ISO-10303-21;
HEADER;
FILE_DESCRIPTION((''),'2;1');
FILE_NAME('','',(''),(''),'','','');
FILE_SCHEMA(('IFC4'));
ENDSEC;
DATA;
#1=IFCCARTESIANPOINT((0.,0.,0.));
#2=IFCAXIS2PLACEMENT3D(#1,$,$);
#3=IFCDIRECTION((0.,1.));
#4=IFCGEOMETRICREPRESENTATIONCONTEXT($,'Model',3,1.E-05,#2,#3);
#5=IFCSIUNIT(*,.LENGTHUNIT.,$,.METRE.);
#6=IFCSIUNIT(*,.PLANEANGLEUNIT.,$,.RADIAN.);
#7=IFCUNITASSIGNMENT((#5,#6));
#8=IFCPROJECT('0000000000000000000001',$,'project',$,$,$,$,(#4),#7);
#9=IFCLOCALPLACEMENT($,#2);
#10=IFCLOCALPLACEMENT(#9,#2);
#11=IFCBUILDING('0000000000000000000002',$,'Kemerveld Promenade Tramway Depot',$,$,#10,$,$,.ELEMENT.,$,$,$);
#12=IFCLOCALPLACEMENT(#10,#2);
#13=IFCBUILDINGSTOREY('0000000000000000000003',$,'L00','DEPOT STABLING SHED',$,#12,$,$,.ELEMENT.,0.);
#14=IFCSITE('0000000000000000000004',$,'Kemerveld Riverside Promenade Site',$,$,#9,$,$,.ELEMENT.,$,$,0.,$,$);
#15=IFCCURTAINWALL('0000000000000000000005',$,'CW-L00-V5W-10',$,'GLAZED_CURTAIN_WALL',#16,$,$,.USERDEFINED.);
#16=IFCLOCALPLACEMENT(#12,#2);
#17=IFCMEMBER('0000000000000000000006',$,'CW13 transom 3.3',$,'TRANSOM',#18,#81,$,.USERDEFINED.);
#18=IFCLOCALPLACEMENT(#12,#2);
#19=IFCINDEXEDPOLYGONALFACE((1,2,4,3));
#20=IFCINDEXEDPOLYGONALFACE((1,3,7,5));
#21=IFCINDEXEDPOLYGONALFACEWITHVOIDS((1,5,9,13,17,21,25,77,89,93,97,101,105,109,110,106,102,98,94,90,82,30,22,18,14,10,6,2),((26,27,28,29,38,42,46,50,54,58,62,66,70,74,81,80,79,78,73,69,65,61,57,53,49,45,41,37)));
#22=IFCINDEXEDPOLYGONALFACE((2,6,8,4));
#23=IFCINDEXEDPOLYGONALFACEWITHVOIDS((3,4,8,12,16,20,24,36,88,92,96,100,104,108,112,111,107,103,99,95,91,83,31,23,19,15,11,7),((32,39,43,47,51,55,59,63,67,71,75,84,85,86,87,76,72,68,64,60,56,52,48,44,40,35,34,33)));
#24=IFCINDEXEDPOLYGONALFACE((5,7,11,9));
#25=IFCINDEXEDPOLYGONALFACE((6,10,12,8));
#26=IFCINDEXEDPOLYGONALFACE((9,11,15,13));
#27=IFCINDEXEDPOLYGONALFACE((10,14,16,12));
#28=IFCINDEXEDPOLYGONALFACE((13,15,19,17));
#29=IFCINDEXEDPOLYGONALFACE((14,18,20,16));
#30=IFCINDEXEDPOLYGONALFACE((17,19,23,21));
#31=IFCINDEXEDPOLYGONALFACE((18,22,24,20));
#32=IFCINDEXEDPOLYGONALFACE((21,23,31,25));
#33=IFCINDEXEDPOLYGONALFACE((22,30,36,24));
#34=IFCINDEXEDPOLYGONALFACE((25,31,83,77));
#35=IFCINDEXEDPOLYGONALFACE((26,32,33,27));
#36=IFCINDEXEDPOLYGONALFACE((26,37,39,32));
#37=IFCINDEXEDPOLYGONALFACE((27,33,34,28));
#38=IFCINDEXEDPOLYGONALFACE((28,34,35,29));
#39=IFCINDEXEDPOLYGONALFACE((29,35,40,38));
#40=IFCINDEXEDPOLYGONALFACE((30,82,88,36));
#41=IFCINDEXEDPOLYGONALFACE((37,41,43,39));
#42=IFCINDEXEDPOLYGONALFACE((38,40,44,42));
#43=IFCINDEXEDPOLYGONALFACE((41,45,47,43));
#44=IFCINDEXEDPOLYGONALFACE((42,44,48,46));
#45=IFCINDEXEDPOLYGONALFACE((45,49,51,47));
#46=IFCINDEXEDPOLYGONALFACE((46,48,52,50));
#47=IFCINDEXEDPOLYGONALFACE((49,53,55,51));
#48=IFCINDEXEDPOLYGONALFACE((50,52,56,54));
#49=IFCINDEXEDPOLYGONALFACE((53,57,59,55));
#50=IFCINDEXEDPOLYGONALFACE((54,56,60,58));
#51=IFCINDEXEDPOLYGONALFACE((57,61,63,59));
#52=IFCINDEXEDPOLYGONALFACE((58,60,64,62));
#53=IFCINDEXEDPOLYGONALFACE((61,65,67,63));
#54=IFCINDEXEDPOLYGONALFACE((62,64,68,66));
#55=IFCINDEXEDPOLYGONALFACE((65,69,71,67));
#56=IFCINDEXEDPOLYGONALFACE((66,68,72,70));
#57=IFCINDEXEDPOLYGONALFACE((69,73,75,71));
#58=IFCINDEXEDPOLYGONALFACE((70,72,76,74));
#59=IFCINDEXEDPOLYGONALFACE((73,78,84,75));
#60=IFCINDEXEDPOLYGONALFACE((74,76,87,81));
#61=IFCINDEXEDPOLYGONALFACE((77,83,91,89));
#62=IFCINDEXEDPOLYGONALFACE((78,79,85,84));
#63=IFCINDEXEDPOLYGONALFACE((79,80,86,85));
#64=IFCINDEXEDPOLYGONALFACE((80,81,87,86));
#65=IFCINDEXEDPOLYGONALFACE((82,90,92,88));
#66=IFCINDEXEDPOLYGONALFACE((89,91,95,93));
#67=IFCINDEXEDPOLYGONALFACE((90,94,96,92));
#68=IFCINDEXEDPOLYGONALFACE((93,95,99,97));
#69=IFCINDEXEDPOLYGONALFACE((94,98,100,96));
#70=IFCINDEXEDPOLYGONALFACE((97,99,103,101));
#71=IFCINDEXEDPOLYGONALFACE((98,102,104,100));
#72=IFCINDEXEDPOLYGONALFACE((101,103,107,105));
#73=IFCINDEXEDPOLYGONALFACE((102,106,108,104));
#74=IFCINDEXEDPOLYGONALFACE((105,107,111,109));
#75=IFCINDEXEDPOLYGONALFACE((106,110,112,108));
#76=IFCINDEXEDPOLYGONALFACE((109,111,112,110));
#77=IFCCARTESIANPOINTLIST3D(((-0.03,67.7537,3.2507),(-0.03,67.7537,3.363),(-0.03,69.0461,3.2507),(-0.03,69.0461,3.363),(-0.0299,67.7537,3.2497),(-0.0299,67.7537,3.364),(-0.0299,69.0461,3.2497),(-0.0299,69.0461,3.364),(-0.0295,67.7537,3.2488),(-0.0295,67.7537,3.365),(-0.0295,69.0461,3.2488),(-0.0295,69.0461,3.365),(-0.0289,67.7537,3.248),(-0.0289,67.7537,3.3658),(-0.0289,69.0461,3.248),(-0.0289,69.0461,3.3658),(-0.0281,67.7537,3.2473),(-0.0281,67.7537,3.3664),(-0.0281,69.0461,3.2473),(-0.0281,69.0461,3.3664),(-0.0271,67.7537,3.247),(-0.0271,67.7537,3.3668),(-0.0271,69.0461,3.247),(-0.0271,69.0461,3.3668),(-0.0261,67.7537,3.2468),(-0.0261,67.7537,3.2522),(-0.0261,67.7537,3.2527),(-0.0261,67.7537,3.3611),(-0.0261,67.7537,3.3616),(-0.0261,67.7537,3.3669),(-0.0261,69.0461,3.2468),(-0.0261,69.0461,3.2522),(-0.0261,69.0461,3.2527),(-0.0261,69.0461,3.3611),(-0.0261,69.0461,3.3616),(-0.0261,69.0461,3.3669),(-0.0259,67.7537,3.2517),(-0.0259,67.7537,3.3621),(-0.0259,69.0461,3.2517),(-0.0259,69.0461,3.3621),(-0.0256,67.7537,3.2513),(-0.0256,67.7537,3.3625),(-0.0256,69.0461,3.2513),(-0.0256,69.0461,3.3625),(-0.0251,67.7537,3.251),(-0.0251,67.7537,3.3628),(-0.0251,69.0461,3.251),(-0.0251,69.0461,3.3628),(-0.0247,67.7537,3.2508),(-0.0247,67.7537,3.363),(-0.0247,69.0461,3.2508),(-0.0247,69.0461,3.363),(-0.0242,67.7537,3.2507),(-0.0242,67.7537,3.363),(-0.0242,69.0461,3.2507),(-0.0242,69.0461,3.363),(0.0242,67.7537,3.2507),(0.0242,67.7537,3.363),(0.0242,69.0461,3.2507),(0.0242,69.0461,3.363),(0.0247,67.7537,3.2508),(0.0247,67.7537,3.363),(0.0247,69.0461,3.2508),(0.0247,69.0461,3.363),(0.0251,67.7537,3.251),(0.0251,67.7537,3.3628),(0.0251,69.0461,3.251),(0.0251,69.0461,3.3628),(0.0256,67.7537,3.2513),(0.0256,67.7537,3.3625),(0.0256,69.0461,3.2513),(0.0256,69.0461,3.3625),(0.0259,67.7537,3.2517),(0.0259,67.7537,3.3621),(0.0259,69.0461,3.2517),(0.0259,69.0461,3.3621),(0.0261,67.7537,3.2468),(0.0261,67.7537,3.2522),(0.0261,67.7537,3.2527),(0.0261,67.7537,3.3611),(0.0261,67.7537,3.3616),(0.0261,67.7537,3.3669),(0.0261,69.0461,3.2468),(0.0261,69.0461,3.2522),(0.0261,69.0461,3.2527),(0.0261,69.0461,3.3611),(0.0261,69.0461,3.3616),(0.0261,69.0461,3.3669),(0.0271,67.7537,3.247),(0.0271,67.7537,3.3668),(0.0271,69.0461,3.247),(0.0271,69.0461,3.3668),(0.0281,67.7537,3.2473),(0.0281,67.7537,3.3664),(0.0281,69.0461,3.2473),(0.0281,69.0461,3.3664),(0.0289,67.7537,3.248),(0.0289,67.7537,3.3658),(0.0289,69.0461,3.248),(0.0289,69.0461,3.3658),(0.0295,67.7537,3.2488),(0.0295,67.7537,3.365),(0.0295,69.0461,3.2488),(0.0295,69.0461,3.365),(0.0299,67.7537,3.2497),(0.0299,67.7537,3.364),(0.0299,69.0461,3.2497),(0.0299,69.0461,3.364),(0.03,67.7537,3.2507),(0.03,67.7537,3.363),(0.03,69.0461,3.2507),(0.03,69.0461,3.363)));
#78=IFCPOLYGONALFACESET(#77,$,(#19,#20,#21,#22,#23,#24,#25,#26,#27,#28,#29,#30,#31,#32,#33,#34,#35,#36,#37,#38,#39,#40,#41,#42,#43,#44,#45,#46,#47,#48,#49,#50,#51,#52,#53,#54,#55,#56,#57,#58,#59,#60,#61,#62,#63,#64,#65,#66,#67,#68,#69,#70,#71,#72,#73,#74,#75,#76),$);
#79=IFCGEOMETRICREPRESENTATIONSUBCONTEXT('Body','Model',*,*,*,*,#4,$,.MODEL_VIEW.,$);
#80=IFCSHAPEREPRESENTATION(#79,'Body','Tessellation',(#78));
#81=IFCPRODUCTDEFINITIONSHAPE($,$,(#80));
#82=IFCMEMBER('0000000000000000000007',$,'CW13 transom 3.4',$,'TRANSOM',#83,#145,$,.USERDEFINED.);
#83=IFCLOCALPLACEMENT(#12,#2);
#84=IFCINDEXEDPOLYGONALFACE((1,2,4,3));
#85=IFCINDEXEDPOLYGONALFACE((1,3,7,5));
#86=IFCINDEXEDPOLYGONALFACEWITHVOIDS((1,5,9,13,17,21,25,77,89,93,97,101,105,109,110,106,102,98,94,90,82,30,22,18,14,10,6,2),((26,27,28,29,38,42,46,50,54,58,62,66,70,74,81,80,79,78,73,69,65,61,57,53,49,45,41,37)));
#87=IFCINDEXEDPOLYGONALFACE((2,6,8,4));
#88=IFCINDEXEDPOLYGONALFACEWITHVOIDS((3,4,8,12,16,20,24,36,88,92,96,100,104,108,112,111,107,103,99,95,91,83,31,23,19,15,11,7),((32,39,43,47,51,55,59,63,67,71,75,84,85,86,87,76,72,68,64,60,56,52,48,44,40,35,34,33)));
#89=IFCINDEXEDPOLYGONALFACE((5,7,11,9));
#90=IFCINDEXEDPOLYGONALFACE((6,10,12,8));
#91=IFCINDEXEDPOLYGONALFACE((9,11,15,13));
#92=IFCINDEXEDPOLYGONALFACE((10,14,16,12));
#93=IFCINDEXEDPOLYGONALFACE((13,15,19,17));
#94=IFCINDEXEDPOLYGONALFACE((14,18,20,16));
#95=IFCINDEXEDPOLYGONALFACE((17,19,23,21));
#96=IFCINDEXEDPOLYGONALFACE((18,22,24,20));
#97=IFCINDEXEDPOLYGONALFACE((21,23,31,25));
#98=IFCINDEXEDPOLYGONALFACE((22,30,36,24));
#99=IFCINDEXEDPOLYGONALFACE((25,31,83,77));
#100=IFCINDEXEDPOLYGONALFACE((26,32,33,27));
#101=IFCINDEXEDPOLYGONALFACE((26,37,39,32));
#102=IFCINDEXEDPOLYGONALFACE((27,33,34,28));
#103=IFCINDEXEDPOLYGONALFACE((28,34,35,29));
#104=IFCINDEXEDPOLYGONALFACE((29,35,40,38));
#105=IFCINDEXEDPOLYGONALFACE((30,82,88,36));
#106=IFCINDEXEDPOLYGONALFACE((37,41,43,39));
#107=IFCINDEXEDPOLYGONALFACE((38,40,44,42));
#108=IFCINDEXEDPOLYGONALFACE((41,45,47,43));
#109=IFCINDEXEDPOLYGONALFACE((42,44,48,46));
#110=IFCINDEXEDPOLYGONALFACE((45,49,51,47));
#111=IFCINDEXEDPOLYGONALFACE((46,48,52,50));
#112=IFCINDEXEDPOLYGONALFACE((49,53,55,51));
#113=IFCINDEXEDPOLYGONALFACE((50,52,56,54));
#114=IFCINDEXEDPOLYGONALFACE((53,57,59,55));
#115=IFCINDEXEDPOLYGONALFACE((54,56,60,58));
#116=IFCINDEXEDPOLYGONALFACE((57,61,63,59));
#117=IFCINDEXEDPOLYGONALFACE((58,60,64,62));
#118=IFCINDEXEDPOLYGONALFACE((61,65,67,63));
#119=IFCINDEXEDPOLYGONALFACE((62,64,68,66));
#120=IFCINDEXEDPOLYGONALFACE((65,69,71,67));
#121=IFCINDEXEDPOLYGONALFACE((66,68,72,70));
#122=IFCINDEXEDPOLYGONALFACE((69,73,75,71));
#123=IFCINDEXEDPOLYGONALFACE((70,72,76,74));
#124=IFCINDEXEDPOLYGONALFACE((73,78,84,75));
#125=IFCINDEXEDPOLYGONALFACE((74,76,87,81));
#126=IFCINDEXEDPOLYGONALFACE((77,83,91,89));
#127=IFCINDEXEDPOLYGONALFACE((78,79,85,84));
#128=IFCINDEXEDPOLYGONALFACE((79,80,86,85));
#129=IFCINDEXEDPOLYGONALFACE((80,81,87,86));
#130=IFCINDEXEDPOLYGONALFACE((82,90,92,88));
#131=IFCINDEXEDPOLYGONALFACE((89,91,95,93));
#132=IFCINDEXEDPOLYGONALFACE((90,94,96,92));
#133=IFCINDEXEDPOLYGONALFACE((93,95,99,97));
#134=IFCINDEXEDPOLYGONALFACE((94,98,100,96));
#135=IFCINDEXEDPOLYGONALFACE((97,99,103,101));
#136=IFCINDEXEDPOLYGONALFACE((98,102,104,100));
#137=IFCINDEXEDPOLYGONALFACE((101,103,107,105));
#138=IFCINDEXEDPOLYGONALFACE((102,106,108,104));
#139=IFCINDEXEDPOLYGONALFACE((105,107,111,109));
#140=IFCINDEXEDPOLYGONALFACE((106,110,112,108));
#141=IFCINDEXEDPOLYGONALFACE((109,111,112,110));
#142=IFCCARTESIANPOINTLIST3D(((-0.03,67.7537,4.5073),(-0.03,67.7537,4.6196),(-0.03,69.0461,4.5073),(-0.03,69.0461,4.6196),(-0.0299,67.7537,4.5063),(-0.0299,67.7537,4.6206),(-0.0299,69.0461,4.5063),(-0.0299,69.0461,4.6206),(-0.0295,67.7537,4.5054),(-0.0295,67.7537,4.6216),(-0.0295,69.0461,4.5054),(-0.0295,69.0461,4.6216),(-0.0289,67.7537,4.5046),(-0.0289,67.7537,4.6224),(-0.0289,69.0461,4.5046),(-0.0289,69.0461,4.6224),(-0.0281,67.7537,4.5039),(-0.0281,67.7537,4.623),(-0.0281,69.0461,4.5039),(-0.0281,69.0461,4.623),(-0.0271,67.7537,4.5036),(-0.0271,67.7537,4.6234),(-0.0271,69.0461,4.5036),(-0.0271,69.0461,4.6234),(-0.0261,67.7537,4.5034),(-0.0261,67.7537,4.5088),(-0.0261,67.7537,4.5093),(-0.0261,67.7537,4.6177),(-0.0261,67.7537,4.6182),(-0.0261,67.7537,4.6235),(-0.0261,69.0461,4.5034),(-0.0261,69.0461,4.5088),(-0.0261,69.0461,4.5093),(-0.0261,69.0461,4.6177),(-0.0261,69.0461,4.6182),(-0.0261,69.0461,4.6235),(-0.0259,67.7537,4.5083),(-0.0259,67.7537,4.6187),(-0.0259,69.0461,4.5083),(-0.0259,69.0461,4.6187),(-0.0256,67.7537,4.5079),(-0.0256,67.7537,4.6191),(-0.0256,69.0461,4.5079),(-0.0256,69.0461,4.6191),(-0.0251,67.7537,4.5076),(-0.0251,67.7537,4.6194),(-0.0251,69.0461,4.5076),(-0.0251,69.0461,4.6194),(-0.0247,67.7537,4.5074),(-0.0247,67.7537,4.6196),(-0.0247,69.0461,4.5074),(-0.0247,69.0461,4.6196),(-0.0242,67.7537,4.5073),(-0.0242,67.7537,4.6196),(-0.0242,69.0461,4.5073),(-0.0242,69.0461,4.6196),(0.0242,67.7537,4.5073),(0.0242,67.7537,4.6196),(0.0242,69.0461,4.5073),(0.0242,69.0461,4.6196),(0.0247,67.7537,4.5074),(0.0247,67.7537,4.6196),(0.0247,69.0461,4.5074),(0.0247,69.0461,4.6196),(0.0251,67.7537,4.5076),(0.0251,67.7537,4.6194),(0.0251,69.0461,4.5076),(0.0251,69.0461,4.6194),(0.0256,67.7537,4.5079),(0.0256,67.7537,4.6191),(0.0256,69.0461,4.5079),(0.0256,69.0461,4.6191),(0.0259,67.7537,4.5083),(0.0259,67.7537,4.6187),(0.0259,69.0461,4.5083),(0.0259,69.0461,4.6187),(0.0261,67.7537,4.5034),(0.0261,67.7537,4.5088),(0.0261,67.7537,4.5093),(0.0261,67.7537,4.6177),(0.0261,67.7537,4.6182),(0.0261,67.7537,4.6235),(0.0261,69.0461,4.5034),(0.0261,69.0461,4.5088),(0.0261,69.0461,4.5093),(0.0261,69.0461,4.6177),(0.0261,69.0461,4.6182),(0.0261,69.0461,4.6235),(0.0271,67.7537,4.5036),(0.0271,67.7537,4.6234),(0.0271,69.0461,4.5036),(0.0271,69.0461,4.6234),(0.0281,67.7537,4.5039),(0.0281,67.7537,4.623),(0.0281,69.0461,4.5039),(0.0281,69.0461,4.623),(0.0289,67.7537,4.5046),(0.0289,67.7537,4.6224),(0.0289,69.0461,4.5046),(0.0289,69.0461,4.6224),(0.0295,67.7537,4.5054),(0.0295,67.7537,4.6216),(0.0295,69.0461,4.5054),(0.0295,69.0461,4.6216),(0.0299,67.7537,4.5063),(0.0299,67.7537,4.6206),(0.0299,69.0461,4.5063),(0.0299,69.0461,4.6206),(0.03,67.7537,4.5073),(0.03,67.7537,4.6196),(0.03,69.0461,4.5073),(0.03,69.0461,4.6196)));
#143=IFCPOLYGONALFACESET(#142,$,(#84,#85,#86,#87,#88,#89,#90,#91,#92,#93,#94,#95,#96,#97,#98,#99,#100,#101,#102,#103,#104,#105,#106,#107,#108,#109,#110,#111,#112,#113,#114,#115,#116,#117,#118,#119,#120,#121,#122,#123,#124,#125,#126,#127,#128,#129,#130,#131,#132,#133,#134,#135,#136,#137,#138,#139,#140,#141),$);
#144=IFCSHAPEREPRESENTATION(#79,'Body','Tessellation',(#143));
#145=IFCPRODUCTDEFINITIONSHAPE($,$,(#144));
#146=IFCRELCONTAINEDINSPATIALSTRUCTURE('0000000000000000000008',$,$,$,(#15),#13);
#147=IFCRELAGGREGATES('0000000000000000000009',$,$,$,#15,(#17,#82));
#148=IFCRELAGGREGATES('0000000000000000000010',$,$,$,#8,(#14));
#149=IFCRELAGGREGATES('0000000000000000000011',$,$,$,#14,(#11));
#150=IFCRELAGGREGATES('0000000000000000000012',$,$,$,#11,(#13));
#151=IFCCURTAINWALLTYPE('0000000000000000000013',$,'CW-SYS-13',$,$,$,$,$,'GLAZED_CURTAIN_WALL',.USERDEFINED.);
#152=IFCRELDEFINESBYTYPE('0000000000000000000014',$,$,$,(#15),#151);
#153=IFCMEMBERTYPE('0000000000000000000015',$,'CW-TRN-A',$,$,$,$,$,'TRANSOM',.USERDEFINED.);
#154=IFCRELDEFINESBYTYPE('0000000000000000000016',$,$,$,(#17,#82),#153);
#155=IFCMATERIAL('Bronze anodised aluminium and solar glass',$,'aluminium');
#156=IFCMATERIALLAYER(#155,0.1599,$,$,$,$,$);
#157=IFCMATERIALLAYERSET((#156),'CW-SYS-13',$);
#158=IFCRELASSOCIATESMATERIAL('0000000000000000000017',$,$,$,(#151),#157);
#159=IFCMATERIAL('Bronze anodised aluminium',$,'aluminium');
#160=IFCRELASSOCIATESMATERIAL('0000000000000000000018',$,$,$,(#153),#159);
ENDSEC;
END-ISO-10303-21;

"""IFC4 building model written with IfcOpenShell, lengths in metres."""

from ifc_helpers import new_model, si_unit, direction, frame, origin, origin_2d, place, context, subcontext, project, spatial, hollow_rectangle, extrude, material, layer, layer_set, material_profile, profile_set, type_object, element, aggregate, save


model = new_model("IFC4")

# Units and contexts
model_context = context("Model", 3, precision=1e-05, world=origin(), true_north=direction((0.0, 1.0)))
body_context = subcontext(model_context, "Body", "Model", "MODEL_VIEW")
ifc_project = project(units=[si_unit("LENGTHUNIT", "METRE"), si_unit("PLANEANGLEUNIT", "RADIAN")], contexts=[model_context])

# Site, building, storey
site_placement = place(None, origin())
site = spatial("IfcSite", under=ifc_project, at=site_placement, Name="Kemerveld Riverside Promenade Site", CompositionType="ELEMENT", RefElevation=0.0)
building_placement = place(site_placement, origin())
building = spatial("IfcBuilding", under=site, at=building_placement, Name="Kemerveld Promenade Tramway Depot", CompositionType="ELEMENT")
storey_placement = place(building_placement, origin())
storey = spatial("IfcBuildingStorey", under=building, at=storey_placement, Name="L00", Description="DEPOT STABLING SHED", CompositionType="ELEMENT", Elevation=0.0)

# Curtain wall, members
ifc_material_1 = material(Name="Bronze anodised aluminium and solar glass", Category="aluminium")
ifc_layer_1 = layer(ifc_material_1, 0.1599)
ifc_layer_set_1 = layer_set([ifc_layer_1], Name="CW-SYS-13")
curtain_wall_type = type_object("IfcCurtainWallType", Name="CW-SYS-13", ElementType="GLAZED_CURTAIN_WALL", PredefinedType="USERDEFINED", material=ifc_layer_set_1)
curtain_wall_placement = place(storey_placement, origin())
curtain_wall = element("IfcCurtainWall", 1, at=curtain_wall_placement, inside=storey, type_object=curtain_wall_type, Name="CW-L00-V5W-10", ObjectType="GLAZED_CURTAIN_WALL", PredefinedType="USERDEFINED")
ifc_material_2 = material(Name="Bronze anodised aluminium", Category="aluminium")
ifc_material_profile_1 = material_profile(ifc_material_2, hollow_rectangle(XDim=0.0601, YDim=0.1201, WallThickness=0.0039, InnerFilletRadius=0.002, OuterFilletRadius=0.0039, at=origin_2d()), Name="CW-TRN-120x60")
ifc_profile_set_1 = profile_set([ifc_material_profile_1], Name="Bronze anodised aluminium")
member_type_1 = type_object("IfcMemberType", Name="CW-TRN-A", ElementType="TRANSOM", PredefinedType="USERDEFINED", material=ifc_profile_set_1)
member_1_placement = place(storey_placement, frame((0.0, 67.7537, 3.3069), z_axis=(0.0, 1.0, 0.0), x_axis=(-1.0, 0.0, 0.0)))
member_1 = element("IfcMember", 2, at=member_1_placement, type_object=member_type_1, Name="CW13 transom 3.3", ObjectType="TRANSOM", PredefinedType="USERDEFINED", context=body_context, shape_type="SweptSolid", body=[
    extrude(hollow_rectangle(XDim=0.0601, YDim=0.1201, WallThickness=0.0039, InnerFilletRadius=0.002, OuterFilletRadius=0.0039, at=origin_2d()), origin(), (0.0, 0.0, 1.0), 1.2925),
])
member_2_placement = place(storey_placement, frame((0.0, 67.7537, 4.5635), z_axis=(0.0, 1.0, 0.0), x_axis=(-1.0, 0.0, 0.0)))
member_2 = element("IfcMember", 3, at=member_2_placement, type_object=member_type_1, Name="CW13 transom 3.4", ObjectType="TRANSOM", PredefinedType="USERDEFINED", context=body_context, shape_type="SweptSolid", body=[
    extrude(hollow_rectangle(XDim=0.0601, YDim=0.1201, WallThickness=0.0039, InnerFilletRadius=0.002, OuterFilletRadius=0.0039, at=origin_2d()), origin(), (0.0, 0.0, 1.0), 1.2925),
])
aggregate(curtain_wall, [member_1, member_2])

save(model, "model.ifc")
